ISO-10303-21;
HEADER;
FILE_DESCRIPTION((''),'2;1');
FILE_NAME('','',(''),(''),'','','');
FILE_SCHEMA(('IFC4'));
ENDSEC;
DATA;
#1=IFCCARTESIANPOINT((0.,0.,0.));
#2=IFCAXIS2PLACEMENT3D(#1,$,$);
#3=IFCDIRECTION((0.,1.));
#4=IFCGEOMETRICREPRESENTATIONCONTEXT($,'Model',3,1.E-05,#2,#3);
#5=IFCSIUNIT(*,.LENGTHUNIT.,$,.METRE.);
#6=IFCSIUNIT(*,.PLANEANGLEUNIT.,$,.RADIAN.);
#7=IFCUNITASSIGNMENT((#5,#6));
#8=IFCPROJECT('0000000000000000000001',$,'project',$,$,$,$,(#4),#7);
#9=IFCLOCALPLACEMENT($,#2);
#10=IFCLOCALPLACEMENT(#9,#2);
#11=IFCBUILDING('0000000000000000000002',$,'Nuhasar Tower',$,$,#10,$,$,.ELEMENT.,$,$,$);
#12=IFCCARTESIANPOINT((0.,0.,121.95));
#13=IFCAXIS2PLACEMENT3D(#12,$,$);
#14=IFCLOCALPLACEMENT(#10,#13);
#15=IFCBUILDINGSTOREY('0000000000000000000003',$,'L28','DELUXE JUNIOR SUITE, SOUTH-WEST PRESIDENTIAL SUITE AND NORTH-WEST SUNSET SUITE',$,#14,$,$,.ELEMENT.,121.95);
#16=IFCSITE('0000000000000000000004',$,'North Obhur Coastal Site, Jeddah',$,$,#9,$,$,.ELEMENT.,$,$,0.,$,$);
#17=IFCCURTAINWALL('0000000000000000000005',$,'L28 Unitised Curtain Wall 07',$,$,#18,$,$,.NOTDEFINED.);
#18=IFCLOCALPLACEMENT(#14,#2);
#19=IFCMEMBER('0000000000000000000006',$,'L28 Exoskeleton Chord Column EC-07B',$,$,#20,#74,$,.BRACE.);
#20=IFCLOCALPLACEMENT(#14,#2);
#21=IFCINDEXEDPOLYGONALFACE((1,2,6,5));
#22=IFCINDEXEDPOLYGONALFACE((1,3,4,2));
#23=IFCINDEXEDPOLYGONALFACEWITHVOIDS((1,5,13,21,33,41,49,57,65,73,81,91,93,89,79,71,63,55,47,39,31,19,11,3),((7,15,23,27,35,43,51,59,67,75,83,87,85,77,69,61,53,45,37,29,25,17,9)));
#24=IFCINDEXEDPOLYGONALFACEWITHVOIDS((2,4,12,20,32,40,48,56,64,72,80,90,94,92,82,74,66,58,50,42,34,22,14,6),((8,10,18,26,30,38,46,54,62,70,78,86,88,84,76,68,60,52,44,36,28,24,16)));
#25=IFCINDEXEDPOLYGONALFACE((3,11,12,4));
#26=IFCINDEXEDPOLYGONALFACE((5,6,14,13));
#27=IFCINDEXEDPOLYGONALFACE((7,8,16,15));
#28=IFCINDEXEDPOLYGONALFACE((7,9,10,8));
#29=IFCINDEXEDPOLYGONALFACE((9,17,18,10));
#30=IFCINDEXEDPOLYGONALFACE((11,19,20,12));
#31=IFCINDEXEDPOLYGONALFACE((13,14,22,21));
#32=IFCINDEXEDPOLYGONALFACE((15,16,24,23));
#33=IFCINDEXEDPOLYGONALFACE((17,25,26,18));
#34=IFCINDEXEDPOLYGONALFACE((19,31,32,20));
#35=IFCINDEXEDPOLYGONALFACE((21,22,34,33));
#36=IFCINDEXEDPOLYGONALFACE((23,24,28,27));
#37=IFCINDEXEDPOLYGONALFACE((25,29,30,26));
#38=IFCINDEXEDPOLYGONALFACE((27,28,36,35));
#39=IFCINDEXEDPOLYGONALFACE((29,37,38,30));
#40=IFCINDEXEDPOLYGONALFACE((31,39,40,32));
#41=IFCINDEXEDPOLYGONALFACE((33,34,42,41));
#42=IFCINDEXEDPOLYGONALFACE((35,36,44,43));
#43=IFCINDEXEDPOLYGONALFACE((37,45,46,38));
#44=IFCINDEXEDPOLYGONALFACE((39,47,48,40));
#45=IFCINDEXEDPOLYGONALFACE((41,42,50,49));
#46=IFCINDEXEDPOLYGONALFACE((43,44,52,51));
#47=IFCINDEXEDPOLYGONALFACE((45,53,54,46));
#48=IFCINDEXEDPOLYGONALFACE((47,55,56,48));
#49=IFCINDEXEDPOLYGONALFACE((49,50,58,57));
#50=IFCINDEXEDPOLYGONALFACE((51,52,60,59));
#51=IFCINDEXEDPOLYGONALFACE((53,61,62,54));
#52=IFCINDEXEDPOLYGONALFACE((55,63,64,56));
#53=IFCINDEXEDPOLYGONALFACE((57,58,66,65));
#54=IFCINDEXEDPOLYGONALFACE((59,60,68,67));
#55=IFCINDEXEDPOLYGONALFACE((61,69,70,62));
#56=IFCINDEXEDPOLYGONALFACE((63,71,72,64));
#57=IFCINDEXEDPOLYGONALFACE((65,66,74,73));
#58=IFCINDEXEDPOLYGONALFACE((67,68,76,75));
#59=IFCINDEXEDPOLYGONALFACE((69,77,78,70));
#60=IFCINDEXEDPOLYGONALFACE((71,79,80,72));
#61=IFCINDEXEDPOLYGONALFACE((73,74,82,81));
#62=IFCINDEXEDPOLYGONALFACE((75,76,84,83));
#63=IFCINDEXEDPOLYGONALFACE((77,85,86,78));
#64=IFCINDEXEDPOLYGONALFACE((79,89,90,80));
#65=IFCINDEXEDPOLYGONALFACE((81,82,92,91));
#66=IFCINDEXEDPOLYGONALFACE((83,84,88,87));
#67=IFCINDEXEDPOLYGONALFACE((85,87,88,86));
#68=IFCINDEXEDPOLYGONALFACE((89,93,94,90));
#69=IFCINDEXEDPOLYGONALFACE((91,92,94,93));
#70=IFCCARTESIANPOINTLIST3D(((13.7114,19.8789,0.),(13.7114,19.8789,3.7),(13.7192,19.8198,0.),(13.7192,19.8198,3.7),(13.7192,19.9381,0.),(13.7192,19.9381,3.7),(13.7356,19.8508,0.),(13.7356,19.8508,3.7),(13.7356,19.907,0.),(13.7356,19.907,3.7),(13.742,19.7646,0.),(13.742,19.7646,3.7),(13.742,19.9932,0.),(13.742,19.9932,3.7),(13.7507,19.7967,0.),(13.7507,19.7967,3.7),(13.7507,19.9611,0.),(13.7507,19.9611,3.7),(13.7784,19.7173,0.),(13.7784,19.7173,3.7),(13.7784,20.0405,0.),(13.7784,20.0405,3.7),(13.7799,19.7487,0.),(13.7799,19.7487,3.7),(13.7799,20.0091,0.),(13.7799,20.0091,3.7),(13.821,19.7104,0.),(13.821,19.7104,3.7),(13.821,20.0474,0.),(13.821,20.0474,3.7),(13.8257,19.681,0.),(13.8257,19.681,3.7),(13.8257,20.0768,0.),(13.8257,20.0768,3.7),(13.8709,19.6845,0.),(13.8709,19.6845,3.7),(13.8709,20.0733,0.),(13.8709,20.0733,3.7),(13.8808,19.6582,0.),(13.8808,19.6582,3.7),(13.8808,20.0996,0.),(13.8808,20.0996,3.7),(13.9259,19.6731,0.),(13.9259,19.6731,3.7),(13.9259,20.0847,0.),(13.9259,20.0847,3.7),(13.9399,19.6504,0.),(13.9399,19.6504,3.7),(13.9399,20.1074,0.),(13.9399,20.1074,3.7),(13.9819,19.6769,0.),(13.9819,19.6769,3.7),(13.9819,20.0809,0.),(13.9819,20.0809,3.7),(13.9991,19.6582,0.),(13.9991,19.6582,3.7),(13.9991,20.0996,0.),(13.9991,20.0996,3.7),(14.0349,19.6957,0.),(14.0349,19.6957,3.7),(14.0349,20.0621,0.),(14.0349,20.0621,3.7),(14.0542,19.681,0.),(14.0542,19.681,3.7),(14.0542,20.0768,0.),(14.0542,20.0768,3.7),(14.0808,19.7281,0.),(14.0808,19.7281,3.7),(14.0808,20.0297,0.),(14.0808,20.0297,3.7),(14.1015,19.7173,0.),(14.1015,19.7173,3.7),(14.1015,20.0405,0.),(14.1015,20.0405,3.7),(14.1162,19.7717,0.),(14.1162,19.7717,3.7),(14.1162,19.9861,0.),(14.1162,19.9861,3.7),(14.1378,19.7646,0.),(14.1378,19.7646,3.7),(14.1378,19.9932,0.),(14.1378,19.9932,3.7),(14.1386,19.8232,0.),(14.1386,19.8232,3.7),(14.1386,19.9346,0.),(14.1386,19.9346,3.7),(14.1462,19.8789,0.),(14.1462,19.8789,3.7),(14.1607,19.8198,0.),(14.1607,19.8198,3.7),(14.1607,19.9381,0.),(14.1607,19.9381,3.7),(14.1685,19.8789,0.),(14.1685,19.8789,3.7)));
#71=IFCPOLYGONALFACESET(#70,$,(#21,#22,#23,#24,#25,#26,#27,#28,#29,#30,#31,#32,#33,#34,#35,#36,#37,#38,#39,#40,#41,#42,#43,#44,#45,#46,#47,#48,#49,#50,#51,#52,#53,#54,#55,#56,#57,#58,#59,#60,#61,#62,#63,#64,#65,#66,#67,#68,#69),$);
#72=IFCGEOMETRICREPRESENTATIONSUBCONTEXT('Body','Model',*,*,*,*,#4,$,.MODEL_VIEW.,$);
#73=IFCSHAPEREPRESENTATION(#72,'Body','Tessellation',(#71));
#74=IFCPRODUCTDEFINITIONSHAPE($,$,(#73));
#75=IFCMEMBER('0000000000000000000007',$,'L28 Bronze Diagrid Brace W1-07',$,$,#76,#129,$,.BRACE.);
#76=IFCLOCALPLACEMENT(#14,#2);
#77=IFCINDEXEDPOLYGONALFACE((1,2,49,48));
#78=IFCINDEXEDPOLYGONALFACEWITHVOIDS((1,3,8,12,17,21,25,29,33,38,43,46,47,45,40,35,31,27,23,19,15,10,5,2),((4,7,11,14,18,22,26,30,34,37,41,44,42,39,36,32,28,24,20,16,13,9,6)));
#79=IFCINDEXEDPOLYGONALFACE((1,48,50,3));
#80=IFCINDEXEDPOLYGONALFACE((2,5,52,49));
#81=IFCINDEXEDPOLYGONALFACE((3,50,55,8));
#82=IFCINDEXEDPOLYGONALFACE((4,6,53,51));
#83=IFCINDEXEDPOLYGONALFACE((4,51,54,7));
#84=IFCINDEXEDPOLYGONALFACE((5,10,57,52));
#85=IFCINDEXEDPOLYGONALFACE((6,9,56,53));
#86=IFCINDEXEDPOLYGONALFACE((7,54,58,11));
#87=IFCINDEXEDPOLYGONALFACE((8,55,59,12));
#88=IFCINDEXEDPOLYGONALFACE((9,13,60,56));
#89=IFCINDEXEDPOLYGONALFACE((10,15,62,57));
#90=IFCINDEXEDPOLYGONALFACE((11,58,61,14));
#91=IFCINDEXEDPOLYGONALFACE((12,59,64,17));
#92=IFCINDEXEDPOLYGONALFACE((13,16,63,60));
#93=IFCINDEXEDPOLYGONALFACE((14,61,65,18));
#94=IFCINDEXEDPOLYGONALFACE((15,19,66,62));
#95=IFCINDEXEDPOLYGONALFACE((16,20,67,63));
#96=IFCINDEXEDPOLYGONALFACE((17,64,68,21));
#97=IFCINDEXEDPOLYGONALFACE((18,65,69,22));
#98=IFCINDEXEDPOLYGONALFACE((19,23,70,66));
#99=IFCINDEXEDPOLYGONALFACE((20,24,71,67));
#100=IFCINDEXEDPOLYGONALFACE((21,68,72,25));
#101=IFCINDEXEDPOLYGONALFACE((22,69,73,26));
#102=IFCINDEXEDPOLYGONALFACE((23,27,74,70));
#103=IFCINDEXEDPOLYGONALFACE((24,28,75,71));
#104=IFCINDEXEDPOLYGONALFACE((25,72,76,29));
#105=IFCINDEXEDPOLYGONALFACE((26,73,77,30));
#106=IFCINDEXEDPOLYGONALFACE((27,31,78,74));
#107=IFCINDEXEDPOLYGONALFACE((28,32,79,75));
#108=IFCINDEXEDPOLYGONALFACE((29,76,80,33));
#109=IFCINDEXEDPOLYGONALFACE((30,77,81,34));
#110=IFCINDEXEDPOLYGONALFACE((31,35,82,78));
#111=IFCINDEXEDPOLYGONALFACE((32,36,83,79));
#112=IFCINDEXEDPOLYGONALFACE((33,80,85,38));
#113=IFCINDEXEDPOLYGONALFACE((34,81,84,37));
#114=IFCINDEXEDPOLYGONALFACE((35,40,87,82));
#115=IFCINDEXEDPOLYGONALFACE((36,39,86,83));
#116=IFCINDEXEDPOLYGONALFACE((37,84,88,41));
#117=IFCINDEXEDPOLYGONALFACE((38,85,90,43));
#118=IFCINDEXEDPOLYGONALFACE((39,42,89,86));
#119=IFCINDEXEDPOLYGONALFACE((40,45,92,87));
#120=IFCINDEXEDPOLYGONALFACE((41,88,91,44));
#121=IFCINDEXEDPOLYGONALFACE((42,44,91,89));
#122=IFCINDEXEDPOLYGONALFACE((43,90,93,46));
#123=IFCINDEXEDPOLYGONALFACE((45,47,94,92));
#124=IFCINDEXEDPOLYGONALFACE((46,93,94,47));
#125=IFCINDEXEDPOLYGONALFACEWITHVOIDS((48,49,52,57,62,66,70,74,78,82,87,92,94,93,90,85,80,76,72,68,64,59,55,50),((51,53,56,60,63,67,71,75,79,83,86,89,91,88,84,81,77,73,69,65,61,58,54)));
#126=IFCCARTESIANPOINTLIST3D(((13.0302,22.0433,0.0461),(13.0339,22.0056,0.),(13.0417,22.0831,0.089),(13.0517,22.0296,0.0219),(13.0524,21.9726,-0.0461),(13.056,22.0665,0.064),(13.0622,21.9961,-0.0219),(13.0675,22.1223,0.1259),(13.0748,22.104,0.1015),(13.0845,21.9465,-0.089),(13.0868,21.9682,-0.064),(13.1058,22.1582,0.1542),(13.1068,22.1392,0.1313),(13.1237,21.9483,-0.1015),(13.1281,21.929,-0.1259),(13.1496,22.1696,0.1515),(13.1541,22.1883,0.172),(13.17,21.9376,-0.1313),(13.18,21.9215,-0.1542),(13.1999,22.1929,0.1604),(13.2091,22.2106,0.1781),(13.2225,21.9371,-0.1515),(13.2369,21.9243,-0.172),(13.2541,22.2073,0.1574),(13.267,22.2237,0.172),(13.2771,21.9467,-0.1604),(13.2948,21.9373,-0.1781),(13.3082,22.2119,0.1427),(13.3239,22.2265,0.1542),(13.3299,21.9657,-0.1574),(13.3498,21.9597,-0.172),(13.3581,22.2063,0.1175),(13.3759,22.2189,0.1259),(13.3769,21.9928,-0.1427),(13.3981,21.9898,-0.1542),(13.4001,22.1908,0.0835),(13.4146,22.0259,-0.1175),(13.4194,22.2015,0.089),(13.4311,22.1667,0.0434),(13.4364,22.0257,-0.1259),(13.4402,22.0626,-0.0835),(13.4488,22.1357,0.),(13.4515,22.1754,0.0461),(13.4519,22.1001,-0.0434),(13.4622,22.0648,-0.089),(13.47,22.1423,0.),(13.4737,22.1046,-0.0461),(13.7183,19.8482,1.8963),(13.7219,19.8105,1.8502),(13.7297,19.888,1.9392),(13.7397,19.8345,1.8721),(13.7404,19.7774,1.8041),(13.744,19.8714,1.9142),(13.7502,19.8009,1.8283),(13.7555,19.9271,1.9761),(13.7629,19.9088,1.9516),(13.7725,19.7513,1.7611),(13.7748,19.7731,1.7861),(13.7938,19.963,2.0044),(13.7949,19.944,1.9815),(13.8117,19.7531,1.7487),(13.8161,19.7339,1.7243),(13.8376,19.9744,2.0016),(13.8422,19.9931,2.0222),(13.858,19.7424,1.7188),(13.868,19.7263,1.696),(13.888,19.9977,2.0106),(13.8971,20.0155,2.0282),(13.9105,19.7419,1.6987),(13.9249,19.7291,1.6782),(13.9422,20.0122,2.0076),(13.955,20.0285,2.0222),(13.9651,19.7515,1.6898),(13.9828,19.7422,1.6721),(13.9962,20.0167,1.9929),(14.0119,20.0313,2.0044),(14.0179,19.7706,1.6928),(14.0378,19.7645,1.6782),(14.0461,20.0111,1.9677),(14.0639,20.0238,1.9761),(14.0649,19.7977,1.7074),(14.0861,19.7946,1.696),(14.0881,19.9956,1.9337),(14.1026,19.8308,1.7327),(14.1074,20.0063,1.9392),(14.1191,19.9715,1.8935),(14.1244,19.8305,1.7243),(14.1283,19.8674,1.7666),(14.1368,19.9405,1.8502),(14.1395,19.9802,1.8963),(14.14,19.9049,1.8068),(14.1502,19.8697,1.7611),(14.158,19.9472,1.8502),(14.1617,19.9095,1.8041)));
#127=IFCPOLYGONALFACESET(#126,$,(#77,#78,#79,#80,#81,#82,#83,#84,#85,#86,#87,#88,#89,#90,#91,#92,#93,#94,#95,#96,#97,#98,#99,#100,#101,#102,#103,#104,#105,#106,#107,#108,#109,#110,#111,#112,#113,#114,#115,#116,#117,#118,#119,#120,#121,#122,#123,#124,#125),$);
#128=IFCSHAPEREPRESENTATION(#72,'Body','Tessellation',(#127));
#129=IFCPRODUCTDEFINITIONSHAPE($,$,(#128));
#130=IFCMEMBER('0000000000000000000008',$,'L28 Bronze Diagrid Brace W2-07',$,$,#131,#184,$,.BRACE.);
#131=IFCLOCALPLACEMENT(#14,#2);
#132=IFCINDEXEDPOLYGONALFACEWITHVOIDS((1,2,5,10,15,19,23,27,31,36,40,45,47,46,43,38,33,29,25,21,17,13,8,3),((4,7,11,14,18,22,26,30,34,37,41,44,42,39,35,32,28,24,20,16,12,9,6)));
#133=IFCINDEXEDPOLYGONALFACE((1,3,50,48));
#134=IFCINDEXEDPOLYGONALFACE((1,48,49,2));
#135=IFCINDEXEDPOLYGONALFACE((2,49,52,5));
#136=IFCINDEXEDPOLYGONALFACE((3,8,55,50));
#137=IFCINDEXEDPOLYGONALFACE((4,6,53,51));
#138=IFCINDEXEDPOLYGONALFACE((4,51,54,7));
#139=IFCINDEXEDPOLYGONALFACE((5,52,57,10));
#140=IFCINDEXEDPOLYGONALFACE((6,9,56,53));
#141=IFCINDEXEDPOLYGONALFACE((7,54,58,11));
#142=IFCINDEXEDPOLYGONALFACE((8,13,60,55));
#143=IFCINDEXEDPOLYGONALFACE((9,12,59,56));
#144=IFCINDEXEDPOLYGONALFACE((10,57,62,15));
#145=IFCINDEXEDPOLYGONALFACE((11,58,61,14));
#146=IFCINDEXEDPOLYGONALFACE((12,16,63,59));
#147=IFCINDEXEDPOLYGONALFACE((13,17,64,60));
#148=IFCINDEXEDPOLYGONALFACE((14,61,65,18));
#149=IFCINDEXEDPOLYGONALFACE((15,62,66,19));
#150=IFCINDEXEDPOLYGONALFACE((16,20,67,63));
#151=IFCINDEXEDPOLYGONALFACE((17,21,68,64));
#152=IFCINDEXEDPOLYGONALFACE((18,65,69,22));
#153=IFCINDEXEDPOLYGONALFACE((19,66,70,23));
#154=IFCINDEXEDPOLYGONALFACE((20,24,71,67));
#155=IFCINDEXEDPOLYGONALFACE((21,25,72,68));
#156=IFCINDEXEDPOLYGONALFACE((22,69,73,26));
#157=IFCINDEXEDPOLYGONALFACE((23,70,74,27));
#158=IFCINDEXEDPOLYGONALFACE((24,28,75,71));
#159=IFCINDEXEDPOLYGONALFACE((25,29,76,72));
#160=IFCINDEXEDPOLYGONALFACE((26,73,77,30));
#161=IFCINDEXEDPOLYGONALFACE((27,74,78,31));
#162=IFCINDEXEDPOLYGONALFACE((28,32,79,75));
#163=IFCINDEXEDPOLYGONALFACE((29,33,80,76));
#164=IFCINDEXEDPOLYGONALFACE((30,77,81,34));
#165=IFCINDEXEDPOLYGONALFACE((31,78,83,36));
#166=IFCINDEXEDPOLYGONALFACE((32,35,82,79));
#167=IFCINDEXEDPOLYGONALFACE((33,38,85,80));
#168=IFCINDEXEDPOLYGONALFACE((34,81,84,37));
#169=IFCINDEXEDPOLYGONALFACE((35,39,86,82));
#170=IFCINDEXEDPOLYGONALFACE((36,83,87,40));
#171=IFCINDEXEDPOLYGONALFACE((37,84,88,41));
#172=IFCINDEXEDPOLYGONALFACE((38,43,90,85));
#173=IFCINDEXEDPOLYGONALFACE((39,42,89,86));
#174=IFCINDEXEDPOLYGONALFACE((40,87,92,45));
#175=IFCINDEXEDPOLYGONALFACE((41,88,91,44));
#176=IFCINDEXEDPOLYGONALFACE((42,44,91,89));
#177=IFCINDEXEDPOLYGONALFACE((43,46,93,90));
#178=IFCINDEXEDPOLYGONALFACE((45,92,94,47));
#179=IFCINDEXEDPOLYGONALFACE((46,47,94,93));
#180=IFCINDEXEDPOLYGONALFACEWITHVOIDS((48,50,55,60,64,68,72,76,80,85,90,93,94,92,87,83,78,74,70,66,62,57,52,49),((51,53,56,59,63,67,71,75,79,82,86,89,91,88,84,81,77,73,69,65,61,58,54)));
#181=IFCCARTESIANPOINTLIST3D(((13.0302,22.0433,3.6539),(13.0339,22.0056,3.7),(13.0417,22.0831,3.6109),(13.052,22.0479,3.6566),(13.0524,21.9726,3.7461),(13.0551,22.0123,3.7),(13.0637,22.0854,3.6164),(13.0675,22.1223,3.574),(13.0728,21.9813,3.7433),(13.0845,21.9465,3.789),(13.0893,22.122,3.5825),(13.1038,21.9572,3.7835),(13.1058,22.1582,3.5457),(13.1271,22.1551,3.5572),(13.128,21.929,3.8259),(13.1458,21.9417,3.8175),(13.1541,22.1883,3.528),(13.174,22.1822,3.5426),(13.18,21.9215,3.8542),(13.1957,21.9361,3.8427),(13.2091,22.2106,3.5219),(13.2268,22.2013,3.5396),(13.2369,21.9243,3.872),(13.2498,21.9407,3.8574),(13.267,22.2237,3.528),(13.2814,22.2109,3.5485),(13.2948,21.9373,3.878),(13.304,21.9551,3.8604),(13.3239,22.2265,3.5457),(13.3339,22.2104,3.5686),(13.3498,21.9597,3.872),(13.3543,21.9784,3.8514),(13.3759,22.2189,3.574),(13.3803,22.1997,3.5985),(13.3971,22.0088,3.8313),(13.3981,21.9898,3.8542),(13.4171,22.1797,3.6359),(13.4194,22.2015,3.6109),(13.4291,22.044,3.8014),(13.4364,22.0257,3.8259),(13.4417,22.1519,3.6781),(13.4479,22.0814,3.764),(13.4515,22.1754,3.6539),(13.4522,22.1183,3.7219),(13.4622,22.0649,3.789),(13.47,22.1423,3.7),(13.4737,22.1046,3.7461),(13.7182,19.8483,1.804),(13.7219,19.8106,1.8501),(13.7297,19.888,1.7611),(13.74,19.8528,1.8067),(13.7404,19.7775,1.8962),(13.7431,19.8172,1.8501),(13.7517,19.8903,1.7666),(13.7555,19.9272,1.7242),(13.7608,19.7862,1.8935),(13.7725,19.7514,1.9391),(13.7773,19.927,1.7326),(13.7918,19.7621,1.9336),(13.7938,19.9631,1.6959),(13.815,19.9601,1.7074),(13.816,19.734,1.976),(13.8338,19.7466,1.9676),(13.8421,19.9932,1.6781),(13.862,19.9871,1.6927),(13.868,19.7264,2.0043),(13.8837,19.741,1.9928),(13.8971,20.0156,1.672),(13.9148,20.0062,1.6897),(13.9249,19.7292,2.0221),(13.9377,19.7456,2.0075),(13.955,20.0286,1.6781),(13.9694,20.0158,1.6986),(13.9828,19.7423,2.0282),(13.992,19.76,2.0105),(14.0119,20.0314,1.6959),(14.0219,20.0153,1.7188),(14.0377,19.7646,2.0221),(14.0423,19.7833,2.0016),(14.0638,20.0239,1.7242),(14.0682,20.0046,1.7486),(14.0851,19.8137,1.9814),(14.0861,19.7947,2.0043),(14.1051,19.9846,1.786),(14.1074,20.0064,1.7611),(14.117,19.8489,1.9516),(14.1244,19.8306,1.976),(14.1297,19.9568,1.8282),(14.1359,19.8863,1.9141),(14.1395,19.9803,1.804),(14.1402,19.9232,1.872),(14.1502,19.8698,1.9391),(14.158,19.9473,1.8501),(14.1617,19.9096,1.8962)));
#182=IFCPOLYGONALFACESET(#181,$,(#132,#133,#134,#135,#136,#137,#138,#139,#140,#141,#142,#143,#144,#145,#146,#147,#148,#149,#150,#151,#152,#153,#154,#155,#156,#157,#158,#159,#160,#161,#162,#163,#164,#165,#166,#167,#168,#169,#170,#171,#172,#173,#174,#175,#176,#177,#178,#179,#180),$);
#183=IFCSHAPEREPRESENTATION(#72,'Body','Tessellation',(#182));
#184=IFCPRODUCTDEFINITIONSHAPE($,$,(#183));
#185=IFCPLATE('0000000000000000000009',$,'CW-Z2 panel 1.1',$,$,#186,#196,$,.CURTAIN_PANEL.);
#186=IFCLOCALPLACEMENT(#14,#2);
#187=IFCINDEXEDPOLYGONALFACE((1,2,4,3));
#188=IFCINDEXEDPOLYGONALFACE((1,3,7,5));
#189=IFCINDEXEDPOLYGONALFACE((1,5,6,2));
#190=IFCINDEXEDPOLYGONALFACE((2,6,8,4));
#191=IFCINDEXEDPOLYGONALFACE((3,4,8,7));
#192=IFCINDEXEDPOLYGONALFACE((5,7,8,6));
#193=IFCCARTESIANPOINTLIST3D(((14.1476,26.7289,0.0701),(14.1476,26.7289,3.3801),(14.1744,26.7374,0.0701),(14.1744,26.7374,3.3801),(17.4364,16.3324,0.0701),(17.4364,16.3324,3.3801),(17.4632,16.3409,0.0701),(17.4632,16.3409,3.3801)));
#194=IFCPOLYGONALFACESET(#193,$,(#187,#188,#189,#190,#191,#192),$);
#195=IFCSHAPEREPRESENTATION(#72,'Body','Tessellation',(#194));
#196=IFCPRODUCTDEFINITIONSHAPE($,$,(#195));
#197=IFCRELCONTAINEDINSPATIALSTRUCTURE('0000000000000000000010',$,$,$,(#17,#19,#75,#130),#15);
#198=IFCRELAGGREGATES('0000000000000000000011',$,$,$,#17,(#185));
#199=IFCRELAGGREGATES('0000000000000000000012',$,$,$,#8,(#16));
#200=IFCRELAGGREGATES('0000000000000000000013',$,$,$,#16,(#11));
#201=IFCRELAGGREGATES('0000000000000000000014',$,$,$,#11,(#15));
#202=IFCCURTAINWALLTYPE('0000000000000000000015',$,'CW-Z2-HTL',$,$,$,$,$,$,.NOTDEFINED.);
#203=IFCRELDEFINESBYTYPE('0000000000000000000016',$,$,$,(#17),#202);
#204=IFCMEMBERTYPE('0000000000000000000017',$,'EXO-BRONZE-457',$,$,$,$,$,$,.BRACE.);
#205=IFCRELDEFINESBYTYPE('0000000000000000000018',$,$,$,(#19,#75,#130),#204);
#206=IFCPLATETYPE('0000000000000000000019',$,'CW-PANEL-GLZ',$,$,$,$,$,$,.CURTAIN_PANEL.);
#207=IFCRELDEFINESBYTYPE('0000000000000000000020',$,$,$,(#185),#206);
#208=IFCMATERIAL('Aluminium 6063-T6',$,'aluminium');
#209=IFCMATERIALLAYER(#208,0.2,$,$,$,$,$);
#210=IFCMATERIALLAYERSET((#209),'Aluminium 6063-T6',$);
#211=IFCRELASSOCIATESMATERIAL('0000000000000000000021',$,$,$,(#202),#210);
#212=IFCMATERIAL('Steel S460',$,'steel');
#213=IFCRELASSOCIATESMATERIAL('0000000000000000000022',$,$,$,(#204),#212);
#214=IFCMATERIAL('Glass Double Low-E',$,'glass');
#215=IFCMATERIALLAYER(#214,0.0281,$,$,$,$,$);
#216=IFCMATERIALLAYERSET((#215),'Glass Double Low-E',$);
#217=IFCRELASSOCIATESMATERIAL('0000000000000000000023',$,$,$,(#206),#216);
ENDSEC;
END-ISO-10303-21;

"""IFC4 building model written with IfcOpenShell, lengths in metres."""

from ifc_helpers import new_model, si_unit, direction, frame, origin, origin_2d, place, context, subcontext, project, spatial, rectangle, hollow_circle, extrude, material, layer, layer_set, material_profile, profile_set, type_object, element, aggregate, save


model = new_model("IFC4")

# Units and contexts
model_context = context("Model", 3, precision=1e-05, world=origin(), true_north=direction((0.0, 1.0)))
body_context = subcontext(model_context, "Body", "Model", "MODEL_VIEW")
ifc_project = project(units=[si_unit("LENGTHUNIT", "METRE"), si_unit("PLANEANGLEUNIT", "RADIAN")], contexts=[model_context])

# Site, building, storey
site_placement = place(None, origin())
site = spatial("IfcSite", under=ifc_project, at=site_placement, Name="North Obhur Coastal Site, Jeddah", CompositionType="ELEMENT", RefElevation=0.0)
building_placement = place(site_placement, origin())
building = spatial("IfcBuilding", under=site, at=building_placement, Name="Nuhasar Tower", CompositionType="ELEMENT")
storey_placement = place(building_placement, frame((0.0, 0.0, 121.95)))
storey = spatial("IfcBuildingStorey", under=building, at=storey_placement, Name="L28", Description="DELUXE JUNIOR SUITE, SOUTH-WEST PRESIDENTIAL SUITE AND NORTH-WEST SUNSET SUITE", CompositionType="ELEMENT", Elevation=121.95)

# Curtain wall
ifc_material_1 = material(Name="Aluminium 6063-T6", Category="aluminium")
ifc_layer_1 = layer(ifc_material_1, 0.2)
ifc_layer_set_1 = layer_set([ifc_layer_1], Name="Aluminium 6063-T6")
curtain_wall_type = type_object("IfcCurtainWallType", Name="CW-Z2-HTL", PredefinedType="NOTDEFINED", material=ifc_layer_set_1)
curtain_wall_1_placement = place(storey_placement, origin())
curtain_wall_1 = element("IfcCurtainWall", 1, at=curtain_wall_1_placement, inside=storey, type_object=curtain_wall_type, Name="L28 Unitised Curtain Wall 07", PredefinedType="NOTDEFINED")

# Members
ifc_material_2 = material(Name="Steel S460", Category="steel")
ifc_material_profile_1 = material_profile(ifc_material_2, hollow_circle(Radius=0.2285, WallThickness=0.0222, at=origin_2d()), Name="HSS457X22.2")
ifc_profile_set_1 = profile_set([ifc_material_profile_1], Name="Steel S460")
member_type_1 = type_object("IfcMemberType", Name="EXO-BRONZE-457", PredefinedType="BRACE", material=ifc_profile_set_1)
for number, where, z_axis, x_axis, name in (
    (2, (13.9399, 19.8789, 0.0), (0.0, 0.0, 1.0), (1.0, 0.0, 0.0), "L28 Exoskeleton Chord Column EC-07B"),
):
    element("IfcMember", number, at=place(storey_placement, frame(where, z_axis=z_axis, x_axis=x_axis)), inside=storey, type_object=member_type_1, Name=name, PredefinedType="BRACE", context=body_context, shape_type="SweptSolid", body=[
        extrude(hollow_circle(Radius=0.2285, WallThickness=0.0222, at=origin_2d()), origin(), (0.0, 0.0, 1.0), 3.7),
    ])
member_1_placement = place(storey_placement, frame((13.252, 22.074, 0.0), z_axis=(0.233056, -0.743578, 0.626719), x_axis=(0.954228, 0.299079, 0.0)))
element("IfcMember", 3, at=member_1_placement, inside=storey, type_object=member_type_1, Name="L28 Bronze Diagrid Brace W1-07", PredefinedType="BRACE", context=body_context, shape_type="SweptSolid", body=[
    extrude(hollow_circle(Radius=0.2285, WallThickness=0.0222, at=origin_2d()), origin(), (0.0, 0.0, 1.0), 2.9521),
])
member_2_placement = place(storey_placement, frame((13.9399, 19.8789, 1.8501), z_axis=(-0.233068, 0.743616, 0.626669), x_axis=(-0.954228, -0.299079, 0.0)))
element("IfcMember", 4, at=member_2_placement, inside=storey, type_object=member_type_1, Name="L28 Bronze Diagrid Brace W2-07", PredefinedType="BRACE", context=body_context, shape_type="SweptSolid", body=[
    extrude(hollow_circle(Radius=0.2285, WallThickness=0.0222, at=origin_2d()), origin(), (0.0, 0.0, 1.0), 2.9519),
])

# Plate
ifc_material_3 = material(Name="Glass Double Low-E", Category="glass")
ifc_layer_2 = layer(ifc_material_3, 0.0281)
ifc_layer_set_2 = layer_set([ifc_layer_2], Name="Glass Double Low-E")
plate_type = type_object("IfcPlateType", Name="CW-PANEL-GLZ", PredefinedType="CURTAIN_PANEL", material=ifc_layer_set_2)
plate_placement = place(storey_placement, frame((15.8054, 21.5349, 0.0701), z_axis=(0.0, 0.0, 1.0), x_axis=(0.301604, -0.953433, 0.0)))
plate = element("IfcPlate", 5, at=plate_placement, type_object=plate_type, Name="CW-Z2 panel 1.1", PredefinedType="CURTAIN_PANEL", context=body_context, shape_type="SweptSolid", body=[
    extrude(rectangle(XDim=10.9043, YDim=0.0281, at=origin_2d()), origin(), (0.0, 0.0, 1.0), 3.3101),
])
aggregate(curtain_wall_1, [plate])

save(model, "model.ifc")
